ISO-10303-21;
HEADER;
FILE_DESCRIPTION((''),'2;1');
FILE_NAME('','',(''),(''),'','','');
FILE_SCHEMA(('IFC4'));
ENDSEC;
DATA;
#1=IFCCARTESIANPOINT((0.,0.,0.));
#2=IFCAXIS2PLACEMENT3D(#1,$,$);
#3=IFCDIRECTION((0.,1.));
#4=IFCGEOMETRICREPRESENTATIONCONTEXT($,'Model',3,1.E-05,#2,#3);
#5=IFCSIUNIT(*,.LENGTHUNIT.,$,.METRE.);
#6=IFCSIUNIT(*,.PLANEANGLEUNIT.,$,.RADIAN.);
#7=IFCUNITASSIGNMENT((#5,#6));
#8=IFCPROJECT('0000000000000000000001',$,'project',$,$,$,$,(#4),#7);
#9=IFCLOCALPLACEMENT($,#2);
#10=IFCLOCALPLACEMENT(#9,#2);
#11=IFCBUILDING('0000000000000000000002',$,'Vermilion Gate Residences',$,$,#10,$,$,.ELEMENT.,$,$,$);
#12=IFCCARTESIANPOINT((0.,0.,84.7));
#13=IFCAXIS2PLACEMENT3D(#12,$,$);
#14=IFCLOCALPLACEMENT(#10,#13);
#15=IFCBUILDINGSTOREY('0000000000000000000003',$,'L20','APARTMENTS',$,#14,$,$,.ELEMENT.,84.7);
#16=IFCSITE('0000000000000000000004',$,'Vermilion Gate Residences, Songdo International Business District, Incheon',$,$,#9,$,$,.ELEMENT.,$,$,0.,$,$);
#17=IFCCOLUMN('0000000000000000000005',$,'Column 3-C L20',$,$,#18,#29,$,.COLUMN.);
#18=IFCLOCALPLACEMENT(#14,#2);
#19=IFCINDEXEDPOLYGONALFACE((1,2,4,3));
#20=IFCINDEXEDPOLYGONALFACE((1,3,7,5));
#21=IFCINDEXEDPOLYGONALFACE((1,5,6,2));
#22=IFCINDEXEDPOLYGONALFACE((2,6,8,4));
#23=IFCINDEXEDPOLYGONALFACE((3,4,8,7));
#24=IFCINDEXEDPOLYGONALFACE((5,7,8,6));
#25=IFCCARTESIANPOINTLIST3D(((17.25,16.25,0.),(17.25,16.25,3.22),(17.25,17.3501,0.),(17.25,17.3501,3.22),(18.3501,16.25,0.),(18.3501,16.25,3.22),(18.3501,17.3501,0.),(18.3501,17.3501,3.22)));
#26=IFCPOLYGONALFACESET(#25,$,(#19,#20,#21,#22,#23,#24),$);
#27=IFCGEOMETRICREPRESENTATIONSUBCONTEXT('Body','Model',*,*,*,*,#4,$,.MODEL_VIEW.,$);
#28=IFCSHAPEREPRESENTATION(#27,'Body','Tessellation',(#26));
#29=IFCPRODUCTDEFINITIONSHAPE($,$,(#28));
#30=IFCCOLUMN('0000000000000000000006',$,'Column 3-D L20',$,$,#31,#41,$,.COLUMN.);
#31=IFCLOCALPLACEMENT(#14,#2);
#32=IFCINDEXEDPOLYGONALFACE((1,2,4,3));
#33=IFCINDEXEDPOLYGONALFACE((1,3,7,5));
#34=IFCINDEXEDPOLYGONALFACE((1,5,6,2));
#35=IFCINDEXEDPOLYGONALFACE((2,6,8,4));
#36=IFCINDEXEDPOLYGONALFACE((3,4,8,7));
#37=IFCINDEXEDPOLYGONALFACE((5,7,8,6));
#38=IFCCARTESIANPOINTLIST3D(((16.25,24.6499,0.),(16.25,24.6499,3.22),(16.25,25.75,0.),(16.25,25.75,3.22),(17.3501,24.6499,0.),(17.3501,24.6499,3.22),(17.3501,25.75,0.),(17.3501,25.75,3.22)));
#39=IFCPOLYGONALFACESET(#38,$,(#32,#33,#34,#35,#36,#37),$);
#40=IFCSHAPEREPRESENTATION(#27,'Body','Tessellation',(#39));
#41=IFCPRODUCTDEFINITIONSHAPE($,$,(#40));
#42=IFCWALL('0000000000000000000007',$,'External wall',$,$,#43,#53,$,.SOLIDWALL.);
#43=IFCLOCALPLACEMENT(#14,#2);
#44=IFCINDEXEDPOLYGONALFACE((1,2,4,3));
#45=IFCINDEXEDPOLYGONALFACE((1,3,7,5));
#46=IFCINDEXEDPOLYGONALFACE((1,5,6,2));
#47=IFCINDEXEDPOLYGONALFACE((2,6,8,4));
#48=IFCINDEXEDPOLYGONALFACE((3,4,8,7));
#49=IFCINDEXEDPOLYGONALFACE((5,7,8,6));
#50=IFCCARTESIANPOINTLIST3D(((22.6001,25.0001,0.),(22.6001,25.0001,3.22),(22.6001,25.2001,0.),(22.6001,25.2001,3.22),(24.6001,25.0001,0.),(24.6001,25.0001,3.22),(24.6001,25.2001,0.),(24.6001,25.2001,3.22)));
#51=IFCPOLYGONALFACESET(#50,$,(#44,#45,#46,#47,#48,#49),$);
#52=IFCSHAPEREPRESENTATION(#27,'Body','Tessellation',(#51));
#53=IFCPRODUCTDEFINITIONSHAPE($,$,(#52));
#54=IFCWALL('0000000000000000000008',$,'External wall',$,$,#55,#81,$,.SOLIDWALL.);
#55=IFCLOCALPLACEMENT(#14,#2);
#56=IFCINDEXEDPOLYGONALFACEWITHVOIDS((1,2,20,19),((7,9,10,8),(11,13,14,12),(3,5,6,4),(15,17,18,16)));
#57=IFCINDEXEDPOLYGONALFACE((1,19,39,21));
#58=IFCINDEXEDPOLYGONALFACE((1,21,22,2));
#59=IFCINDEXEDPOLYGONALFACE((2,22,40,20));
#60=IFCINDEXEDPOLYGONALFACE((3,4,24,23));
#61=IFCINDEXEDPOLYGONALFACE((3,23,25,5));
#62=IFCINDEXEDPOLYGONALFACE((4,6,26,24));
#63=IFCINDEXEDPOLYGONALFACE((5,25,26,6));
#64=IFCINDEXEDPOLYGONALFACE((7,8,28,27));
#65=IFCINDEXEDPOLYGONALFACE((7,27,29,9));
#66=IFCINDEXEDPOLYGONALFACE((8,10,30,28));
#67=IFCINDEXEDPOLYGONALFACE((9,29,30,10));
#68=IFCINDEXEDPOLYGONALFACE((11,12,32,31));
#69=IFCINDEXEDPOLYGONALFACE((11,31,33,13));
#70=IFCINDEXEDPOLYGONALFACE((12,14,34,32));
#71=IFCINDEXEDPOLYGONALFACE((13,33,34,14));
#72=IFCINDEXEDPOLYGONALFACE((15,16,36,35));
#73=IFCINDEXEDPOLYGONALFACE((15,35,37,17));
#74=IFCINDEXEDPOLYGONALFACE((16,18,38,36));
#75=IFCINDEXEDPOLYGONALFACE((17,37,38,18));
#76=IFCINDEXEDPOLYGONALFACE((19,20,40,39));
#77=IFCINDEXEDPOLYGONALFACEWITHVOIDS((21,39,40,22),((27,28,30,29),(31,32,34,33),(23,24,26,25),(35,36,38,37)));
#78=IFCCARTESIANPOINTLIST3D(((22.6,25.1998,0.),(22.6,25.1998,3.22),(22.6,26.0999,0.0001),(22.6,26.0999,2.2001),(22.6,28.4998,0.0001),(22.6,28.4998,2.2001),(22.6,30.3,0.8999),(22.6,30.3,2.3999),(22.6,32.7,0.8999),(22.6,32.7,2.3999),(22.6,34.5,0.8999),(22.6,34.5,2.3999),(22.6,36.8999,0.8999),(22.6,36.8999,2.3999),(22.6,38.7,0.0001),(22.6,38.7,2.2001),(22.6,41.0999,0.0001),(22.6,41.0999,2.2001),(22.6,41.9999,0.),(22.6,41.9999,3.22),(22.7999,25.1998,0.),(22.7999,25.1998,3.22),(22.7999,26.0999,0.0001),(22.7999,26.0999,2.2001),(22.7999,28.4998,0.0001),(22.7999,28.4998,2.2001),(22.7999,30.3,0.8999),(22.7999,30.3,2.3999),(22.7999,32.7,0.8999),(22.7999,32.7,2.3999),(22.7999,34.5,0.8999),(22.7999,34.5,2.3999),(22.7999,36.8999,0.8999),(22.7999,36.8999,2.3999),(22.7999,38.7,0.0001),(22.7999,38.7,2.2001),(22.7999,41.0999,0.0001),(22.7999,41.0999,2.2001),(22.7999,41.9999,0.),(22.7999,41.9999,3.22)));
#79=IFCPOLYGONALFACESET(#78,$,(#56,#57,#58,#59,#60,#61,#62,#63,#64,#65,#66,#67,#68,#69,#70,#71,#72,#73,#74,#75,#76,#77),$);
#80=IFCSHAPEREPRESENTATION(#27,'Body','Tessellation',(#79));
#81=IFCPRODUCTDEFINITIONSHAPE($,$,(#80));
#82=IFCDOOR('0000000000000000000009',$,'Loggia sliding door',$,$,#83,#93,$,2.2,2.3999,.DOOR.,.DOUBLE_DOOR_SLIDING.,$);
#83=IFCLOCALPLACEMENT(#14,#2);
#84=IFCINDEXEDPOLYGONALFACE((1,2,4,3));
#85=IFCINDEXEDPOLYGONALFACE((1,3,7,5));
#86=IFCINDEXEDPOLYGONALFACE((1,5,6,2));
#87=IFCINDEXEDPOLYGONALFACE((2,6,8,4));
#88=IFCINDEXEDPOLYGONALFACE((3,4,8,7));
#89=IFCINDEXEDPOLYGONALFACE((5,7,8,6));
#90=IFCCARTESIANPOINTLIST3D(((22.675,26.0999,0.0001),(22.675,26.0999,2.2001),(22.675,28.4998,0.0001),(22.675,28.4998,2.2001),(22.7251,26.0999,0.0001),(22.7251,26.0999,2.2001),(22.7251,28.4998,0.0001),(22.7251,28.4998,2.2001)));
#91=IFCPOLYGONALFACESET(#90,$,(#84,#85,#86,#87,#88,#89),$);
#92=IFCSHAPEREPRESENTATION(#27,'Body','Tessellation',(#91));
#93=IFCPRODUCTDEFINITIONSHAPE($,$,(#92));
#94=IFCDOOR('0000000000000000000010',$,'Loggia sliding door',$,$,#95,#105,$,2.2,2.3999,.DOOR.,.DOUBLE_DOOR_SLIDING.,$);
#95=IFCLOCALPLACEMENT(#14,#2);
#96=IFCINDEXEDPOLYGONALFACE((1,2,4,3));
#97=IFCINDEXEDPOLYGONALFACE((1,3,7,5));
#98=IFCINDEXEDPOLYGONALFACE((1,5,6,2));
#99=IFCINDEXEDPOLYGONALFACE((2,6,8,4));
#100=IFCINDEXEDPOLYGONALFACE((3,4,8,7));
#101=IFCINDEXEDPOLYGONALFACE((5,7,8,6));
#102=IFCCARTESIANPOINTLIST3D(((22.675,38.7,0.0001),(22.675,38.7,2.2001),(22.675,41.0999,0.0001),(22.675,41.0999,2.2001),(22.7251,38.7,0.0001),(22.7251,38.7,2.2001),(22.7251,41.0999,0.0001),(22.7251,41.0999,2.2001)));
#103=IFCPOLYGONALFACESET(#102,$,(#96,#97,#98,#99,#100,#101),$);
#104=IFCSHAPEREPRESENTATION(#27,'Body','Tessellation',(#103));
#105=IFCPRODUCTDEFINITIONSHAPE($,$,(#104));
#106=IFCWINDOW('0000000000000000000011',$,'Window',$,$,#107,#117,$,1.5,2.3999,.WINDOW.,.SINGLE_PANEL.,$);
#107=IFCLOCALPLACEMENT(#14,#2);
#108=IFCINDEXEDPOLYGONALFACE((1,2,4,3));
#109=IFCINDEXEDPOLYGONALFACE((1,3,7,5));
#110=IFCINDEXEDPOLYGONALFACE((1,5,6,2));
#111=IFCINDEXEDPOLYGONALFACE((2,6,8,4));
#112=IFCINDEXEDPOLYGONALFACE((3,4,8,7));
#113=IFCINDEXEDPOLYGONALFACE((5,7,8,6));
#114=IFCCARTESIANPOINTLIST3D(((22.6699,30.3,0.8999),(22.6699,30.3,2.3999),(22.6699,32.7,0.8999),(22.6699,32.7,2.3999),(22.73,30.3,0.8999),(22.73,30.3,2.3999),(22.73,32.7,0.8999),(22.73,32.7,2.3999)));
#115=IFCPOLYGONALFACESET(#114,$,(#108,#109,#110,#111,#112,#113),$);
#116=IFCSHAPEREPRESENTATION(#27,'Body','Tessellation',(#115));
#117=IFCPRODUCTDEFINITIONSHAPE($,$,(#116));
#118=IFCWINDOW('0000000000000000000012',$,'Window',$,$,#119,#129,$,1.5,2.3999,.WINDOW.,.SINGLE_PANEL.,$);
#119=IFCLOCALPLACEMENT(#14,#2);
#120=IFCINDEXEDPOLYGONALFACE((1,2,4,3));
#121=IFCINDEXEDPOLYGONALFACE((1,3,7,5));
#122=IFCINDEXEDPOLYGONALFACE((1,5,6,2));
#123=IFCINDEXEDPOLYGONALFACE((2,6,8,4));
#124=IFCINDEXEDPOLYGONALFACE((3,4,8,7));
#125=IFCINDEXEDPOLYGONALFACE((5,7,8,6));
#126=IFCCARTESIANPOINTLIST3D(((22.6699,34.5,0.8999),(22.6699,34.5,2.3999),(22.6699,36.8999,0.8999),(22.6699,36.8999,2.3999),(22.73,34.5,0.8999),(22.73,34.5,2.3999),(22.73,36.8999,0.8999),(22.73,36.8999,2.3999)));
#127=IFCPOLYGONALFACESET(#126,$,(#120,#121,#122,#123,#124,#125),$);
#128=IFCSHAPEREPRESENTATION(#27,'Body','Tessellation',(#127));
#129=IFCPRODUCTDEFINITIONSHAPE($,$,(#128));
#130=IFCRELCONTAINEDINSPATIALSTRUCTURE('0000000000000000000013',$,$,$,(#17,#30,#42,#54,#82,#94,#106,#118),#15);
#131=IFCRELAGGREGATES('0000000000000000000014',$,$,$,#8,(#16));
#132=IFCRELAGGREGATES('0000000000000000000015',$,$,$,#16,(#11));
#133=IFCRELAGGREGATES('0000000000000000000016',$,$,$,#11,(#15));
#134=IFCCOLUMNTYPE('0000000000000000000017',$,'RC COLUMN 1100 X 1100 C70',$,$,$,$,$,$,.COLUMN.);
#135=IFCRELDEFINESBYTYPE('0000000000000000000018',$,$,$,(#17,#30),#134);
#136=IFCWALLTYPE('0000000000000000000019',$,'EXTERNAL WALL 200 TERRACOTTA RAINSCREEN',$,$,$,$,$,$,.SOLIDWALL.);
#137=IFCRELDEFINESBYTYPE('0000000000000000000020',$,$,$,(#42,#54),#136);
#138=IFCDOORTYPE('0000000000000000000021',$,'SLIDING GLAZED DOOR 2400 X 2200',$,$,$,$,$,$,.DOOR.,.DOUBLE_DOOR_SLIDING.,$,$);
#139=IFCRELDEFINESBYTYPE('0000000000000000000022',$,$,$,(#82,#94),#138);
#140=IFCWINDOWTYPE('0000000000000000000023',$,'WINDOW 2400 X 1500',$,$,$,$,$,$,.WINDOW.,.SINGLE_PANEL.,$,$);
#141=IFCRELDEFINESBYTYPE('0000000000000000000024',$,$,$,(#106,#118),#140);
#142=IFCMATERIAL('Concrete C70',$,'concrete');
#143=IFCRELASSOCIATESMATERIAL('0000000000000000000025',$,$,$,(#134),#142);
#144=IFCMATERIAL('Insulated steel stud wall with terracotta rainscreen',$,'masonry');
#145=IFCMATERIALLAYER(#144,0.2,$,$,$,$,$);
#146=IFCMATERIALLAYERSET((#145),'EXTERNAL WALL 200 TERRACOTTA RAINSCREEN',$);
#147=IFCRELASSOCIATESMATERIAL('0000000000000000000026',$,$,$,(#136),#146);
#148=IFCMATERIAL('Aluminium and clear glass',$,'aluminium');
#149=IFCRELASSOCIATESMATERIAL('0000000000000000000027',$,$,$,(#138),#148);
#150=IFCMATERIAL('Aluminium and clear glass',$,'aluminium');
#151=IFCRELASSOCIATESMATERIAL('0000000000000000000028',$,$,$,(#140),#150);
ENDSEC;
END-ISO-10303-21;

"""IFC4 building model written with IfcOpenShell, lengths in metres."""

from ifc_helpers import new_model, si_unit, direction, frame, frame_2d, origin, origin_2d, place, context, subcontext, project, spatial, rectangle, extrude, material, layer, layer_set, material_profile, profile_set, type_object, element, fill, save


model = new_model("IFC4")

# Units and contexts
model_context = context("Model", 3, precision=1e-05, world=origin(), true_north=direction((0.0, 1.0)))
body_context = subcontext(model_context, "Body", "Model", "MODEL_VIEW")
ifc_project = project(units=[si_unit("LENGTHUNIT", "METRE"), si_unit("PLANEANGLEUNIT", "RADIAN")], contexts=[model_context])

# Site, building, storey
site_placement = place(None, origin())
site = spatial("IfcSite", under=ifc_project, at=site_placement, Name="Vermilion Gate Residences, Songdo International Business District, Incheon", CompositionType="ELEMENT", RefElevation=0.0)
building_placement = place(site_placement, origin())
building = spatial("IfcBuilding", under=site, at=building_placement, Name="Vermilion Gate Residences", CompositionType="ELEMENT")
storey_placement = place(building_placement, frame((0.0, 0.0, 84.7)))
storey = spatial("IfcBuildingStorey", under=building, at=storey_placement, Name="L20", Description="APARTMENTS", CompositionType="ELEMENT", Elevation=84.7)

# Columns
ifc_material_1 = material(Name="Concrete C70", Category="concrete")
ifc_material_profile = material_profile(ifc_material_1, rectangle(XDim=1.1001, YDim=1.1001, at=origin_2d()), Name="RC-1100x1100")
ifc_profile_set = profile_set([ifc_material_profile], Name="Concrete C70")
column_type = type_object("IfcColumnType", Name="RC COLUMN 1100 X 1100 C70", PredefinedType="COLUMN", material=ifc_profile_set)
for number, where, z_axis, x_axis, name in (
    (1, (17.8, 16.8, 0.0), (0.0, 0.0, 1.0), (1.0, 0.0, 0.0), "Column 3-C L20"),
    (2, (16.8, 25.2, 0.0), (0.0, 0.0, 1.0), (1.0, 0.0, 0.0), "Column 3-D L20"),
):
    element("IfcColumn", number, at=place(storey_placement, frame(where, z_axis=z_axis, x_axis=x_axis)), inside=storey, type_object=column_type, Name=name, PredefinedType="COLUMN", context=body_context, shape_type="SweptSolid", body=[
        extrude(rectangle(XDim=1.1001, YDim=1.1001, at=origin_2d()), origin(), (0.0, 0.0, 1.0), 3.22),
    ])

# Wall
ifc_material_2 = material(Name="Insulated steel stud wall with terracotta rainscreen", Category="masonry")
ifc_layer_1 = layer(ifc_material_2, 0.2)
ifc_layer_set_1 = layer_set([ifc_layer_1], Name="EXTERNAL WALL 200 TERRACOTTA RAINSCREEN")
wall_type_1 = type_object("IfcWallType", Name="EXTERNAL WALL 200 TERRACOTTA RAINSCREEN", PredefinedType="SOLIDWALL", material=ifc_layer_set_1)
wall_1_placement = place(storey_placement, frame((24.6001, 25.1001, 0.0), z_axis=(0.0, 0.0, 1.0), x_axis=(-1.0, 0.0, 0.0)))
element("IfcWall", 3, at=wall_1_placement, inside=storey, type_object=wall_type_1, Name="External wall", PredefinedType="SOLIDWALL", context=body_context, shape_type="SweptSolid", body=[
    extrude(rectangle(XDim=2.0, YDim=0.2, at=frame_2d((1.0, 0.0))), origin(), (0.0, 0.0, 1.0), 3.22),
])

# Wall, openings, doors, windows
wall_2_placement = place(storey_placement, frame((22.7, 25.2, 0.0), z_axis=(0.0, 0.0, 1.0), x_axis=(0.0, 1.0, 0.0)))
wall_2 = element("IfcWall", 4, at=wall_2_placement, inside=storey, type_object=wall_type_1, Name="External wall", PredefinedType="SOLIDWALL", context=body_context, shape_type="SweptSolid", body=[
    extrude(rectangle(XDim=16.8, YDim=0.2, at=frame_2d((8.3999, 0.0))), origin(), (0.0, 0.0, 1.0), 3.22),
])
opening_1_placement = place(wall_2_placement, frame((0.8999, 0.0, 0.0)))
opening_1 = element("IfcOpeningElement", 5, at=opening_1_placement, cuts=wall_2, PredefinedType="OPENING", context=body_context, shape_type="SweptSolid", body=[
    extrude(rectangle(XDim=2.3999, YDim=2.2, at=frame_2d((1.2, 1.1001))), frame((0.0, 0.1099, 0.0), z_axis=(0.0, -1.0, 0.0), x_axis=(1.0, 0.0, 0.0)), (0.0, 0.0, 1.0), 0.22),
])
opening_2_placement = place(wall_2_placement, frame((5.1001, 0.0, 0.8999)))
opening_2 = element("IfcOpeningElement", 6, at=opening_2_placement, cuts=wall_2, PredefinedType="OPENING", context=body_context, shape_type="SweptSolid", body=[
    extrude(rectangle(XDim=2.3999, YDim=1.5, at=frame_2d((1.2, 0.75))), frame((0.0, 0.1099, 0.0), z_axis=(0.0, -1.0, 0.0), x_axis=(1.0, 0.0, 0.0)), (0.0, 0.0, 1.0), 0.22),
])
opening_3_placement = place(wall_2_placement, frame((9.3, 0.0, 0.8999)))
opening_3 = element("IfcOpeningElement", 7, at=opening_3_placement, cuts=wall_2, PredefinedType="OPENING", context=body_context, shape_type="SweptSolid", body=[
    extrude(rectangle(XDim=2.3999, YDim=1.5, at=frame_2d((1.2, 0.75))), frame((0.0, 0.1099, 0.0), z_axis=(0.0, -1.0, 0.0), x_axis=(1.0, 0.0, 0.0)), (0.0, 0.0, 1.0), 0.22),
])
opening_4_placement = place(wall_2_placement, frame((13.5, 0.0, 0.0)))
opening_4 = element("IfcOpeningElement", 8, at=opening_4_placement, cuts=wall_2, PredefinedType="OPENING", context=body_context, shape_type="SweptSolid", body=[
    extrude(rectangle(XDim=2.3999, YDim=2.2, at=frame_2d((1.2, 1.1001))), frame((0.0, 0.1099, 0.0), z_axis=(0.0, -1.0, 0.0), x_axis=(1.0, 0.0, 0.0)), (0.0, 0.0, 1.0), 0.22),
])
ifc_material_3 = material(Name="Aluminium and clear glass", Category="aluminium")
door_type_1 = type_object("IfcDoorType", Name="SLIDING GLAZED DOOR 2400 X 2200", OperationType="DOUBLE_DOOR_SLIDING", PredefinedType="DOOR", material=ifc_material_3)
door_1_placement = place(opening_1_placement, origin())
door_1 = element("IfcDoor", 9, at=door_1_placement, inside=storey, type_object=door_type_1, Name="Loggia sliding door", OperationType="DOUBLE_DOOR_SLIDING", OverallHeight=2.2, OverallWidth=2.3999, PredefinedType="DOOR", context=body_context, shape_type="SweptSolid", body=[
    extrude(rectangle(XDim=2.3999, YDim=2.2, at=frame_2d((1.2, 1.1001))), frame((0.0, 0.0249, 0.0), z_axis=(0.0, -1.0, 0.0), x_axis=(1.0, 0.0, 0.0)), (0.0, 0.0, 1.0), 0.05),
])
fill(opening_1, door_1)
door_2_placement = place(opening_4_placement, origin())
door_2 = element("IfcDoor", 10, at=door_2_placement, inside=storey, type_object=door_type_1, Name="Loggia sliding door", OperationType="DOUBLE_DOOR_SLIDING", OverallHeight=2.2, OverallWidth=2.3999, PredefinedType="DOOR", context=body_context, shape_type="SweptSolid", body=[
    extrude(rectangle(XDim=2.3999, YDim=2.2, at=frame_2d((1.2, 1.1001))), frame((0.0, 0.0249, 0.0), z_axis=(0.0, -1.0, 0.0), x_axis=(1.0, 0.0, 0.0)), (0.0, 0.0, 1.0), 0.05),
])
fill(opening_4, door_2)
ifc_material_4 = material(Name="Aluminium and clear glass", Category="aluminium")
window_type = type_object("IfcWindowType", Name="WINDOW 2400 X 1500", PartitioningType="SINGLE_PANEL", PredefinedType="WINDOW", material=ifc_material_4)
window_1_placement = place(opening_2_placement, origin())
window_1 = element("IfcWindow", 11, at=window_1_placement, inside=storey, type_object=window_type, Name="Window", OverallHeight=1.5, OverallWidth=2.3999, PartitioningType="SINGLE_PANEL", PredefinedType="WINDOW", context=body_context, shape_type="SweptSolid", body=[
    extrude(rectangle(XDim=2.3999, YDim=1.5, at=frame_2d((1.2, 0.75))), frame((0.0, 0.03, 0.0), z_axis=(0.0, -1.0, 0.0), x_axis=(1.0, 0.0, 0.0)), (0.0, 0.0, 1.0), 0.0601),
])
fill(opening_2, window_1)
window_2_placement = place(opening_3_placement, origin())
window_2 = element("IfcWindow", 12, at=window_2_placement, inside=storey, type_object=window_type, Name="Window", OverallHeight=1.5, OverallWidth=2.3999, PartitioningType="SINGLE_PANEL", PredefinedType="WINDOW", context=body_context, shape_type="SweptSolid", body=[
    extrude(rectangle(XDim=2.3999, YDim=1.5, at=frame_2d((1.2, 0.75))), frame((0.0, 0.03, 0.0), z_axis=(0.0, -1.0, 0.0), x_axis=(1.0, 0.0, 0.0)), (0.0, 0.0, 1.0), 0.0601),
])
fill(opening_3, window_2)

save(model, "model.ifc")
